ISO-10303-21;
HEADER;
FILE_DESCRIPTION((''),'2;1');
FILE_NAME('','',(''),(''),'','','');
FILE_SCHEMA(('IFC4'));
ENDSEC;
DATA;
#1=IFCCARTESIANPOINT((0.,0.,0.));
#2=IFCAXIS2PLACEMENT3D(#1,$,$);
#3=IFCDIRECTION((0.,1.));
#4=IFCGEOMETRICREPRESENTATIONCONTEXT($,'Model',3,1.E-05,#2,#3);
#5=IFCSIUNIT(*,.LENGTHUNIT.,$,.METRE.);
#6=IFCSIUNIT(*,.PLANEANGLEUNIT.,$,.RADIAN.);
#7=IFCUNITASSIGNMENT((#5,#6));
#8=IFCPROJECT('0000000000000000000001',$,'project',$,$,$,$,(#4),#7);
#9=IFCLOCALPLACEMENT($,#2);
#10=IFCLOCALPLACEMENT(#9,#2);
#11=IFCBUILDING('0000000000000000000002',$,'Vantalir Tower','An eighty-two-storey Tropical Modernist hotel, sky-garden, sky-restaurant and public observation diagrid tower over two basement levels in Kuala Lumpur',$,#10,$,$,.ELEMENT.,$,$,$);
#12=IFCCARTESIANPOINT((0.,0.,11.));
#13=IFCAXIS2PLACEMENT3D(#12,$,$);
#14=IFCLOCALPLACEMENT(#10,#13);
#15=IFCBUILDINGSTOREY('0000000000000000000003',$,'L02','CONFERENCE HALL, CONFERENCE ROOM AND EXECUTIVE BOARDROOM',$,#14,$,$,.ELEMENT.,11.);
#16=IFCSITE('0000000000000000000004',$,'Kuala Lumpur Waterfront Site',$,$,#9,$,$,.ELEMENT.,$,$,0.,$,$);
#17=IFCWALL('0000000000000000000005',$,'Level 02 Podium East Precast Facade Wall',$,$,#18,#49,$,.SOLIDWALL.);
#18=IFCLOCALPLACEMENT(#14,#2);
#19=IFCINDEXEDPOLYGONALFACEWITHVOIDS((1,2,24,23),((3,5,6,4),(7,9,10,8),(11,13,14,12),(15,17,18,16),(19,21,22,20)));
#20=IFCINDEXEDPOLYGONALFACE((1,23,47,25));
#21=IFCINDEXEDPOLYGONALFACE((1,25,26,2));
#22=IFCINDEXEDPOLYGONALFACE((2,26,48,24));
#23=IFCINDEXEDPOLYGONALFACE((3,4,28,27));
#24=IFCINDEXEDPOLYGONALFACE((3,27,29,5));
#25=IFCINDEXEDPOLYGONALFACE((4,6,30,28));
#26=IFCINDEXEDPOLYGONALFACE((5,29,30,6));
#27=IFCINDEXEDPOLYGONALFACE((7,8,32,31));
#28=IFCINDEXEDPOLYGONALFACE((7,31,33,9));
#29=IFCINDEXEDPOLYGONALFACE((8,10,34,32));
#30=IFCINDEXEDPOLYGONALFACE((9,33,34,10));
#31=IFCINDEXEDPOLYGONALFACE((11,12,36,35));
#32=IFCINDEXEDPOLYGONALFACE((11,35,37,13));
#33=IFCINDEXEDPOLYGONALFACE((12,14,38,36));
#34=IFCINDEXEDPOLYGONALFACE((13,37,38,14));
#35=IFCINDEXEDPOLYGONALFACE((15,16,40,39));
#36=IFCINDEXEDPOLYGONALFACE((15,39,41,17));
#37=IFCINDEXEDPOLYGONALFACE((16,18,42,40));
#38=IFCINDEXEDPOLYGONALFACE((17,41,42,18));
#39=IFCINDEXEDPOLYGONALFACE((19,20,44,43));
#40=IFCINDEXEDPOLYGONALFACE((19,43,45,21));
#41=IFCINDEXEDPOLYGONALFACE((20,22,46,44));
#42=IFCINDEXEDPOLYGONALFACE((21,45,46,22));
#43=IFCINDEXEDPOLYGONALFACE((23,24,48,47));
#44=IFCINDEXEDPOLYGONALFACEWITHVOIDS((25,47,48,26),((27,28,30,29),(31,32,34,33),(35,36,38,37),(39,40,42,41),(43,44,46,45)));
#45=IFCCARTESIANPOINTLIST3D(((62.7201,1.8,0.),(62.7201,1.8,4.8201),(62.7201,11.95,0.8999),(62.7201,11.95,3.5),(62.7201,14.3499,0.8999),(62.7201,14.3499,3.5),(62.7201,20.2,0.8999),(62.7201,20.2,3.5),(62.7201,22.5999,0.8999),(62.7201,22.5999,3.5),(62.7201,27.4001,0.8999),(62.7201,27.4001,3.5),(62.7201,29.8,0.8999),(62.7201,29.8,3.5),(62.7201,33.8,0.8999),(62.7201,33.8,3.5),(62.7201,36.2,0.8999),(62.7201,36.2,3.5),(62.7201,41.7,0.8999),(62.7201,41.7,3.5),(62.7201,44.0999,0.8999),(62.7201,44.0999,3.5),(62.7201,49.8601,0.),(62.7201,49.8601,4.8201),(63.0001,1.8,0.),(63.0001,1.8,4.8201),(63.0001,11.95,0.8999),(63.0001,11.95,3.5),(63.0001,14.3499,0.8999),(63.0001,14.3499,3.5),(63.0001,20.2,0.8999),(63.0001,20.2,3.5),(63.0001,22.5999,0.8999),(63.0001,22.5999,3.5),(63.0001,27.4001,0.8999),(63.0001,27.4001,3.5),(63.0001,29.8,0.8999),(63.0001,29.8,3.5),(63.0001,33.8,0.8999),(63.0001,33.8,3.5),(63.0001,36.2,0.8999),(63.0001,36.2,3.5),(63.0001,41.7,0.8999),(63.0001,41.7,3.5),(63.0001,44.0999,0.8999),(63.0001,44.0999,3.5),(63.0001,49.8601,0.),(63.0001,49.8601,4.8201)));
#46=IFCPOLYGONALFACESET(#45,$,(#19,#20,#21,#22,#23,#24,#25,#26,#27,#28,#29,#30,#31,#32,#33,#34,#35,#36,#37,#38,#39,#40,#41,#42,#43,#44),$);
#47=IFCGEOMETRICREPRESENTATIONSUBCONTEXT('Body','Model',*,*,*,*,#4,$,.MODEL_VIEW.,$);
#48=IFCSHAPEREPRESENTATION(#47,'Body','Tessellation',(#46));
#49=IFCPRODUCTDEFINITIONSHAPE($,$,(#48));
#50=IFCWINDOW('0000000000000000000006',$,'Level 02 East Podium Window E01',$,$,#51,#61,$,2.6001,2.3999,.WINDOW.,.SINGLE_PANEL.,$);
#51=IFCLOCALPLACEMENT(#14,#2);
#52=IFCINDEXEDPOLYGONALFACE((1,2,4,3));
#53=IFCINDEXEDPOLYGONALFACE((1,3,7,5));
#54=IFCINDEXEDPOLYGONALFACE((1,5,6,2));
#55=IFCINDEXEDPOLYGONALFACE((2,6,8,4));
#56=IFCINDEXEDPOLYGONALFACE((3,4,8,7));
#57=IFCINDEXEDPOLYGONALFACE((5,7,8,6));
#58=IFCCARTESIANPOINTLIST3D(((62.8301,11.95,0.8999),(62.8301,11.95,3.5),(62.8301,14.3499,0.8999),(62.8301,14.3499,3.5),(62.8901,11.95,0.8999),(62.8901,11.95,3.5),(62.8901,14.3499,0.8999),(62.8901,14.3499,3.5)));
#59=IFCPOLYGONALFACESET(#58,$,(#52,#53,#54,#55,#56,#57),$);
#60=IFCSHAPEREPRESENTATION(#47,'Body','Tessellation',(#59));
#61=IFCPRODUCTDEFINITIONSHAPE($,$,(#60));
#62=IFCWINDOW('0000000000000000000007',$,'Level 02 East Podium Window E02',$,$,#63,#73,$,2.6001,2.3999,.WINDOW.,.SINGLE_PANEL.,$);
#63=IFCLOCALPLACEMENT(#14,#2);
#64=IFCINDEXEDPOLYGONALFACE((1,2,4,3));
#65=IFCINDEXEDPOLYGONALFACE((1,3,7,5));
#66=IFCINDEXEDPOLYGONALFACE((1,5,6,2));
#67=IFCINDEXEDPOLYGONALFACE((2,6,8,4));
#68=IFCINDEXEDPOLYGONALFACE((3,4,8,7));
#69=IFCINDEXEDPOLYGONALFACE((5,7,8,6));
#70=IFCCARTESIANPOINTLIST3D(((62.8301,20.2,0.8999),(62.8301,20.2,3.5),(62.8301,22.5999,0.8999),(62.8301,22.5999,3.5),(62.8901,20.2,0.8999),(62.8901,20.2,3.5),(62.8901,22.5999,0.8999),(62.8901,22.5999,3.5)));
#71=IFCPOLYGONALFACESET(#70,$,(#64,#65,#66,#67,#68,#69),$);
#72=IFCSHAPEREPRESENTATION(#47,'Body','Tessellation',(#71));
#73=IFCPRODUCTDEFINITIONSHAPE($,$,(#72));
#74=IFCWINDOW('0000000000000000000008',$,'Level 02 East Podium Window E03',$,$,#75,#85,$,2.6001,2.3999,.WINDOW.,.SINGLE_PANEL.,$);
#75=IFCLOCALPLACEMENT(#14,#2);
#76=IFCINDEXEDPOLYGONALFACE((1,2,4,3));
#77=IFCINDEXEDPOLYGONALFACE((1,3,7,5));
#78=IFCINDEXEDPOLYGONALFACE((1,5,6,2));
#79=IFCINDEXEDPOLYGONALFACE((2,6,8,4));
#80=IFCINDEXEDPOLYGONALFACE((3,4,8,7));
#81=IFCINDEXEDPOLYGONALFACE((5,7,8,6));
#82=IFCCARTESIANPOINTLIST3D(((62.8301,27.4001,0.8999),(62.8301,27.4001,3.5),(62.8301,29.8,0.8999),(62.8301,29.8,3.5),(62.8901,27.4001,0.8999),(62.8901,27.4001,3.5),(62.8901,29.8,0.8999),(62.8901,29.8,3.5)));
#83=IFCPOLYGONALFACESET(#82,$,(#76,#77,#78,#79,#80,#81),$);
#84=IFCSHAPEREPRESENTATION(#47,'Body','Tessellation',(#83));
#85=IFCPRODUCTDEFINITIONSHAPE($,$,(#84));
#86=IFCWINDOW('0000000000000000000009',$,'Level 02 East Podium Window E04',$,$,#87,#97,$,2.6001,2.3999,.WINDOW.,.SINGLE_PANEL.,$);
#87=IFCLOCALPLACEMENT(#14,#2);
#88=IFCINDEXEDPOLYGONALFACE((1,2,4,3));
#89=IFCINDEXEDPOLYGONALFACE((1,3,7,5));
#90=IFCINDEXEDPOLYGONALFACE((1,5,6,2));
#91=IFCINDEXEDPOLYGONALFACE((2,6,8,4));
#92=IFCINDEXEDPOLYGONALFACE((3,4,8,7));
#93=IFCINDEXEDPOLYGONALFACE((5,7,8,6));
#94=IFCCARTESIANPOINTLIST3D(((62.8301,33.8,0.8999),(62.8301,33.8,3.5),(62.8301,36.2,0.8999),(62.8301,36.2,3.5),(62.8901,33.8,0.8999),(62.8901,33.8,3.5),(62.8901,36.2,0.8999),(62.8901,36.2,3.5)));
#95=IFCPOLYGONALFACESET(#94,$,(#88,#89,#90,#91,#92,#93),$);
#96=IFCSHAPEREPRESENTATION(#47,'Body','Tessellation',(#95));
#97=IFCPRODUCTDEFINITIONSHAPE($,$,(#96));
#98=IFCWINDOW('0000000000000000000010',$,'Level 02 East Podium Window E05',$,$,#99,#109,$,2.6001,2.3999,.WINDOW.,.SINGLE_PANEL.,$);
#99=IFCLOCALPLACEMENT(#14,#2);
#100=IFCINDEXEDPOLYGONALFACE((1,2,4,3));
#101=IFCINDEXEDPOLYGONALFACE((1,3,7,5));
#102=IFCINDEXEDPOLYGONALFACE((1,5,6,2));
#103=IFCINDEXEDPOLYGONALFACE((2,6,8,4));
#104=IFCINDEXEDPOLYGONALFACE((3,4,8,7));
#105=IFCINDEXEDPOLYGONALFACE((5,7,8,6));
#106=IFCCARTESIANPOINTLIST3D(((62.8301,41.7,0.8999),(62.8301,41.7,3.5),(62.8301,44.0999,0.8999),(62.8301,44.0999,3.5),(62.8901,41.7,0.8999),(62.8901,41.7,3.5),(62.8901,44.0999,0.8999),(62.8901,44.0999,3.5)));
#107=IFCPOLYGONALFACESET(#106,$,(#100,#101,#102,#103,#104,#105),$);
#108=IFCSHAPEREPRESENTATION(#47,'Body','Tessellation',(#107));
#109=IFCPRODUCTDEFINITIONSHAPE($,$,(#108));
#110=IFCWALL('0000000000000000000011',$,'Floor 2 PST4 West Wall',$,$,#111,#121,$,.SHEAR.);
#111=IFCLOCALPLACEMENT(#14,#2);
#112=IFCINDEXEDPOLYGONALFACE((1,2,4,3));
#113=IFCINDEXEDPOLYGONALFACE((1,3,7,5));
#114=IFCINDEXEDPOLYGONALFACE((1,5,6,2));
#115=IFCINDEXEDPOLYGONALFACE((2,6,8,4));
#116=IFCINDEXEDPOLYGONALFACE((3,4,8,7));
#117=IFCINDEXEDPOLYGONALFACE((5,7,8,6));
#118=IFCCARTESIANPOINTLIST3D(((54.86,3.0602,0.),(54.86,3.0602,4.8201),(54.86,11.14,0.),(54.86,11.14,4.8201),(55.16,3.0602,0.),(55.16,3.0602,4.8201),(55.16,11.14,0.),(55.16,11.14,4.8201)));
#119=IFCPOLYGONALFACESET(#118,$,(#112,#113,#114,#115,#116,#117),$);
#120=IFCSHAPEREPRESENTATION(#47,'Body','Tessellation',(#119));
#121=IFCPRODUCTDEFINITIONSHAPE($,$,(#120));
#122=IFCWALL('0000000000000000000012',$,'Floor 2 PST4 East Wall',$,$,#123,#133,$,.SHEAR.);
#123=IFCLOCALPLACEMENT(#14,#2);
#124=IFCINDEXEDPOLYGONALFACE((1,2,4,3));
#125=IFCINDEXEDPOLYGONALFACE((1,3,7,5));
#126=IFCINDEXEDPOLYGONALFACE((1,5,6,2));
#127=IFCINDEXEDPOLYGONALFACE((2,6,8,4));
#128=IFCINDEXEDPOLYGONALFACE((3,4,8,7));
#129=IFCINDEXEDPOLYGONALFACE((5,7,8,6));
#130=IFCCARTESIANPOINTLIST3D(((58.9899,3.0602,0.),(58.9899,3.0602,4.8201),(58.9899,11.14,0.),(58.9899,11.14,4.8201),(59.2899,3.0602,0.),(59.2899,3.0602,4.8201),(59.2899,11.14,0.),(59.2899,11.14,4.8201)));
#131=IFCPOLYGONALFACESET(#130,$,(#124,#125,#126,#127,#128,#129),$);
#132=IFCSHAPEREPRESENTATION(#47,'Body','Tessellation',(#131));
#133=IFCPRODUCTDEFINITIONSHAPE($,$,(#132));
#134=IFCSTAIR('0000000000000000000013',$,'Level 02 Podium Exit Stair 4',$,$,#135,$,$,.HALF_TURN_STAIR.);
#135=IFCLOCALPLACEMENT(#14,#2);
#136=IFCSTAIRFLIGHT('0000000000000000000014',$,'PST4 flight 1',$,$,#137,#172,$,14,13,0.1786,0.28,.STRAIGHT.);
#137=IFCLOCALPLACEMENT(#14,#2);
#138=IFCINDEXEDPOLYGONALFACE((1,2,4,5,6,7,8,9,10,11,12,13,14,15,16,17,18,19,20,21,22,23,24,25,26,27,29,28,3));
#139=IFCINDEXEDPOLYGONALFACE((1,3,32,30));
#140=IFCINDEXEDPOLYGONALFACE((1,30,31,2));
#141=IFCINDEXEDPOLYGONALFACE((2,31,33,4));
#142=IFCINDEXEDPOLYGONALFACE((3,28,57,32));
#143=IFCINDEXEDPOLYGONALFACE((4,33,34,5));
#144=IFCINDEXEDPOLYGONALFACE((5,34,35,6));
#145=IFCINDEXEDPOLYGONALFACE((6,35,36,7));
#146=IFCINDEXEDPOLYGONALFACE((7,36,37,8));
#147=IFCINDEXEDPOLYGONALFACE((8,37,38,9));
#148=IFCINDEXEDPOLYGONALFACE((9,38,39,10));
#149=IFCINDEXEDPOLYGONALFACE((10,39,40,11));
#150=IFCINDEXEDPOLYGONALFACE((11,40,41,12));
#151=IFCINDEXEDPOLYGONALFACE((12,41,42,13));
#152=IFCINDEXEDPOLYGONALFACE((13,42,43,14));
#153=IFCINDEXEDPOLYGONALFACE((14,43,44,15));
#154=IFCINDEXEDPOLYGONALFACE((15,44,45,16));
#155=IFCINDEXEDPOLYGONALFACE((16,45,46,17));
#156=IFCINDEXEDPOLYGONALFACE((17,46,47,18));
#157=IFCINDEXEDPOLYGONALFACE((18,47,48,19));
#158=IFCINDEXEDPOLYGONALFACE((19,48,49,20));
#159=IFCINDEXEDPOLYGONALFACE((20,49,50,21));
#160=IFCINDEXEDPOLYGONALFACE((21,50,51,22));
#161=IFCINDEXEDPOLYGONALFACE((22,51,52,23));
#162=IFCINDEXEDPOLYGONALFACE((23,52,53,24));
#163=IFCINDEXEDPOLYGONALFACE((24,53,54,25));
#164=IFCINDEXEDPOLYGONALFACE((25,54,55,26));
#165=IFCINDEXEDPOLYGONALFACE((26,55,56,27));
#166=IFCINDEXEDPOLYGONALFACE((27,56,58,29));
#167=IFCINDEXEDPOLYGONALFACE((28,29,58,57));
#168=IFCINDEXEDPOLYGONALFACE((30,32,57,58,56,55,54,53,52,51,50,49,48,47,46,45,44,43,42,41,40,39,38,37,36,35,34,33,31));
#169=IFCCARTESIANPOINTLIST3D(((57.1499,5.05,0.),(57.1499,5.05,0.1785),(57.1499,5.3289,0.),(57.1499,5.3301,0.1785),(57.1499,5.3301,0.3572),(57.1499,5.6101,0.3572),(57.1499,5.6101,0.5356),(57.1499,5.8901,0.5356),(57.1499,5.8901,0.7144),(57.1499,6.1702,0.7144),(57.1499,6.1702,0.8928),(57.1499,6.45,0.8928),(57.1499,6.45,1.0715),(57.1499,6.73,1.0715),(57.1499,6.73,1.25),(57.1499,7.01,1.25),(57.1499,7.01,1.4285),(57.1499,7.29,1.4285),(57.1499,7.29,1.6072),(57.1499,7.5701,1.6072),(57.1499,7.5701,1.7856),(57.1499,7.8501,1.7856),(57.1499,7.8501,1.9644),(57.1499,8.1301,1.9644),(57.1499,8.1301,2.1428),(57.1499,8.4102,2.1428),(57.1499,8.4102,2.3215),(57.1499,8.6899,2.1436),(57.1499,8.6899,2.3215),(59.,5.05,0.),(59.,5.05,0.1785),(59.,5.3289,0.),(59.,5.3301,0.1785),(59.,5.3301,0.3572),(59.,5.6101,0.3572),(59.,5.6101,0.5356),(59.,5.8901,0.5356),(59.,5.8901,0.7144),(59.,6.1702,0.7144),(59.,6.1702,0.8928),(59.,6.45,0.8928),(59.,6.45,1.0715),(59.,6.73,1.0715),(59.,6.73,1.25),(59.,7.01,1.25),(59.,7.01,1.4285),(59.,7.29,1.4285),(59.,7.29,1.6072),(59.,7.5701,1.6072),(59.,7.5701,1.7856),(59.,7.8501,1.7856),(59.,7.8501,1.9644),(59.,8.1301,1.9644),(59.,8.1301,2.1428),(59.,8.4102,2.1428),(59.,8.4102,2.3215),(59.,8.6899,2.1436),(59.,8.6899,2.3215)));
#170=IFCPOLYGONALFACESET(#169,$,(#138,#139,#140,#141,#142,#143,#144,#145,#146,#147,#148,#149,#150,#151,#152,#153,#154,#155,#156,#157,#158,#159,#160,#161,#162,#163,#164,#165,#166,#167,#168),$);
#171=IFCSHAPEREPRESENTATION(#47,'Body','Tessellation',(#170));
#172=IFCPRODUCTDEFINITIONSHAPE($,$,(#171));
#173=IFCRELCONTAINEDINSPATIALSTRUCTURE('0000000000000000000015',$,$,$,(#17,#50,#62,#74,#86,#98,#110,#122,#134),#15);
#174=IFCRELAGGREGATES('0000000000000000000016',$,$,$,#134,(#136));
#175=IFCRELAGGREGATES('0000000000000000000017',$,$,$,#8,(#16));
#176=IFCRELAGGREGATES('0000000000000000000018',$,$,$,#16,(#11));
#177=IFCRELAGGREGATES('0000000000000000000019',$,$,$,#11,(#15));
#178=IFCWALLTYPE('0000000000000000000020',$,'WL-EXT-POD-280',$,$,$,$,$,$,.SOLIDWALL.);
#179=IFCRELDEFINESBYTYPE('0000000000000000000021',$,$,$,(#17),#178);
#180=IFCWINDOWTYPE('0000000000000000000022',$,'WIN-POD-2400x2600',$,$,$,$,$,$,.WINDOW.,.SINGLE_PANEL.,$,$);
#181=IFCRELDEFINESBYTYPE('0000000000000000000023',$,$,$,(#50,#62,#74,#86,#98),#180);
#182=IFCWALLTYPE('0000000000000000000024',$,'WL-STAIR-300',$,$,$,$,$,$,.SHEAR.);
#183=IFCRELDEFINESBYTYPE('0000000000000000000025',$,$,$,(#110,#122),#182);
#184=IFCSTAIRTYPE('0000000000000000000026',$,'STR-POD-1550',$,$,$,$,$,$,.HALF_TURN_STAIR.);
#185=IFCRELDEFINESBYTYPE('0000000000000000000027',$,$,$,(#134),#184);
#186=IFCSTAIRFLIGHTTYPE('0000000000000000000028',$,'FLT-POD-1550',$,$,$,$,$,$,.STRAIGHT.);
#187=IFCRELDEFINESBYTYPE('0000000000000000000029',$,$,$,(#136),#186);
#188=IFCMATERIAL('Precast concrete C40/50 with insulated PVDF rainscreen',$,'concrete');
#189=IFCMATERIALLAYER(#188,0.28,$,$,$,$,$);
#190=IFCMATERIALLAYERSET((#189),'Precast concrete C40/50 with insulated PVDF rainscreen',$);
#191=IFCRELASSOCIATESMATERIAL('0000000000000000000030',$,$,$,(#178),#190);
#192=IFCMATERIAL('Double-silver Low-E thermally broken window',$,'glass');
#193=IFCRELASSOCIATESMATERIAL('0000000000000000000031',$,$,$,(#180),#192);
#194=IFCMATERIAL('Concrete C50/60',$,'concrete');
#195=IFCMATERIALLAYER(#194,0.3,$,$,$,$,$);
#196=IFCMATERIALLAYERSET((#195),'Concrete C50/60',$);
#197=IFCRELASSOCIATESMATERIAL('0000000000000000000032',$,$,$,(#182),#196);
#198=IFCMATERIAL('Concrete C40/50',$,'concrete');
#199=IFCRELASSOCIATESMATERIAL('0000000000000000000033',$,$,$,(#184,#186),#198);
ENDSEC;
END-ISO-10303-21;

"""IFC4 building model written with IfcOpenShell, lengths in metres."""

from ifc_helpers import new_model, si_unit, direction, frame, frame_2d, origin, place, context, subcontext, project, spatial, polyline, rectangle, outline, extrude, material, layer, layer_set, type_object, element, fill, aggregate, save


model = new_model("IFC4")

# Units and contexts
model_context = context("Model", 3, precision=1e-05, world=origin(), true_north=direction((0.0, 1.0)))
body_context = subcontext(model_context, "Body", "Model", "MODEL_VIEW")
ifc_project = project(units=[si_unit("LENGTHUNIT", "METRE"), si_unit("PLANEANGLEUNIT", "RADIAN")], contexts=[model_context])

# Site, building, storey
site_placement = place(None, origin())
site = spatial("IfcSite", under=ifc_project, at=site_placement, Name="Kuala Lumpur Waterfront Site", CompositionType="ELEMENT", RefElevation=0.0)
building_placement = place(site_placement, origin())
building = spatial("IfcBuilding", under=site, at=building_placement, Name="Vantalir Tower", Description="An eighty-two-storey Tropical Modernist hotel, sky-garden, sky-restaurant and public observation diagrid tower over two basement levels in Kuala Lumpur", CompositionType="ELEMENT")
storey_placement = place(building_placement, frame((0.0, 0.0, 11.0)))
storey = spatial("IfcBuildingStorey", under=building, at=storey_placement, Name="L02", Description="CONFERENCE HALL, CONFERENCE ROOM AND EXECUTIVE BOARDROOM", CompositionType="ELEMENT", Elevation=11.0)

# Shared definitions
ifc_material_1 = material(Name="Concrete C50/60", Category="concrete")

# Wall, openings, windows
ifc_material_2 = material(Name="Precast concrete C40/50 with insulated PVDF rainscreen", Category="concrete")
ifc_layer_1 = layer(ifc_material_2, 0.28)
ifc_layer_set_1 = layer_set([ifc_layer_1], Name="Precast concrete C40/50 with insulated PVDF rainscreen")
wall_type_1 = type_object("IfcWallType", Name="WL-EXT-POD-280", PredefinedType="SOLIDWALL", material=ifc_layer_set_1)
wall_placement = place(storey_placement, frame((62.8601, 1.8, 0.0), z_axis=(0.0, 0.0, 1.0), x_axis=(0.0, 1.0, 0.0)))
wall = element("IfcWall", 1, at=wall_placement, inside=storey, type_object=wall_type_1, Name="Level 02 Podium East Precast Facade Wall", PredefinedType="SOLIDWALL", context=body_context, shape_type="SweptSolid", body=[
    extrude(rectangle(XDim=48.0601, YDim=0.28, at=frame_2d((24.03, 0.0))), origin(), (0.0, 0.0, 1.0), 4.8201),
])
opening_1_placement = place(wall_placement, frame((10.1499, 0.0, 0.8999)))
opening_1 = element("IfcOpeningElement", 2, at=opening_1_placement, cuts=wall, PredefinedType="OPENING", context=body_context, shape_type="SweptSolid", body=[
    extrude(rectangle(XDim=2.3999, YDim=2.6001, at=frame_2d((1.2, 1.3))), frame((0.0, 0.1499, 0.0), z_axis=(0.0, -1.0, 0.0), x_axis=(1.0, 0.0, 0.0)), (0.0, 0.0, 1.0), 0.3),
])
opening_2_placement = place(wall_placement, frame((18.3999, 0.0, 0.8999)))
opening_2 = element("IfcOpeningElement", 3, at=opening_2_placement, cuts=wall, PredefinedType="OPENING", context=body_context, shape_type="SweptSolid", body=[
    extrude(rectangle(XDim=2.3999, YDim=2.6001, at=frame_2d((1.2, 1.3))), frame((0.0, 0.1499, 0.0), z_axis=(0.0, -1.0, 0.0), x_axis=(1.0, 0.0, 0.0)), (0.0, 0.0, 1.0), 0.3),
])
opening_3_placement = place(wall_placement, frame((25.6001, 0.0, 0.8999)))
opening_3 = element("IfcOpeningElement", 4, at=opening_3_placement, cuts=wall, PredefinedType="OPENING", context=body_context, shape_type="SweptSolid", body=[
    extrude(rectangle(XDim=2.3999, YDim=2.6001, at=frame_2d((1.2, 1.3))), frame((0.0, 0.1499, 0.0), z_axis=(0.0, -1.0, 0.0), x_axis=(1.0, 0.0, 0.0)), (0.0, 0.0, 1.0), 0.3),
])
opening_4_placement = place(wall_placement, frame((32.0, 0.0, 0.8999)))
opening_4 = element("IfcOpeningElement", 5, at=opening_4_placement, cuts=wall, PredefinedType="OPENING", context=body_context, shape_type="SweptSolid", body=[
    extrude(rectangle(XDim=2.3999, YDim=2.6001, at=frame_2d((1.2, 1.3))), frame((0.0, 0.1499, 0.0), z_axis=(0.0, -1.0, 0.0), x_axis=(1.0, 0.0, 0.0)), (0.0, 0.0, 1.0), 0.3),
])
opening_5_placement = place(wall_placement, frame((39.8999, 0.0, 0.8999)))
opening_5 = element("IfcOpeningElement", 6, at=opening_5_placement, cuts=wall, PredefinedType="OPENING", context=body_context, shape_type="SweptSolid", body=[
    extrude(rectangle(XDim=2.3999, YDim=2.6001, at=frame_2d((1.2, 1.3))), frame((0.0, 0.1499, 0.0), z_axis=(0.0, -1.0, 0.0), x_axis=(1.0, 0.0, 0.0)), (0.0, 0.0, 1.0), 0.3),
])
ifc_material_3 = material(Name="Double-silver Low-E thermally broken window", Category="glass")
window_type = type_object("IfcWindowType", Name="WIN-POD-2400x2600", PartitioningType="SINGLE_PANEL", PredefinedType="WINDOW", material=ifc_material_3)
window_1_placement = place(opening_1_placement, origin())
window_1 = element("IfcWindow", 7, at=window_1_placement, inside=storey, type_object=window_type, Name="Level 02 East Podium Window E01", OverallHeight=2.6001, OverallWidth=2.3999, PartitioningType="SINGLE_PANEL", PredefinedType="WINDOW", context=body_context, shape_type="SweptSolid", body=[
    extrude(rectangle(XDim=2.3999, YDim=2.6001, at=frame_2d((1.2, 1.3))), frame((0.0, 0.03, 0.0), z_axis=(0.0, -1.0, 0.0), x_axis=(1.0, 0.0, 0.0)), (0.0, 0.0, 1.0), 0.0601),
])
fill(opening_1, window_1)
window_2_placement = place(opening_2_placement, origin())
window_2 = element("IfcWindow", 8, at=window_2_placement, inside=storey, type_object=window_type, Name="Level 02 East Podium Window E02", OverallHeight=2.6001, OverallWidth=2.3999, PartitioningType="SINGLE_PANEL", PredefinedType="WINDOW", context=body_context, shape_type="SweptSolid", body=[
    extrude(rectangle(XDim=2.3999, YDim=2.6001, at=frame_2d((1.2, 1.3))), frame((0.0, 0.03, 0.0), z_axis=(0.0, -1.0, 0.0), x_axis=(1.0, 0.0, 0.0)), (0.0, 0.0, 1.0), 0.0601),
])
fill(opening_2, window_2)
window_3_placement = place(opening_3_placement, origin())
window_3 = element("IfcWindow", 9, at=window_3_placement, inside=storey, type_object=window_type, Name="Level 02 East Podium Window E03", OverallHeight=2.6001, OverallWidth=2.3999, PartitioningType="SINGLE_PANEL", PredefinedType="WINDOW", context=body_context, shape_type="SweptSolid", body=[
    extrude(rectangle(XDim=2.3999, YDim=2.6001, at=frame_2d((1.2, 1.3))), frame((0.0, 0.03, 0.0), z_axis=(0.0, -1.0, 0.0), x_axis=(1.0, 0.0, 0.0)), (0.0, 0.0, 1.0), 0.0601),
])
fill(opening_3, window_3)
window_4_placement = place(opening_4_placement, origin())
window_4 = element("IfcWindow", 10, at=window_4_placement, inside=storey, type_object=window_type, Name="Level 02 East Podium Window E04", OverallHeight=2.6001, OverallWidth=2.3999, PartitioningType="SINGLE_PANEL", PredefinedType="WINDOW", context=body_context, shape_type="SweptSolid", body=[
    extrude(rectangle(XDim=2.3999, YDim=2.6001, at=frame_2d((1.2, 1.3))), frame((0.0, 0.03, 0.0), z_axis=(0.0, -1.0, 0.0), x_axis=(1.0, 0.0, 0.0)), (0.0, 0.0, 1.0), 0.0601),
])
fill(opening_4, window_4)
window_5_placement = place(opening_5_placement, origin())
window_5 = element("IfcWindow", 11, at=window_5_placement, inside=storey, type_object=window_type, Name="Level 02 East Podium Window E05", OverallHeight=2.6001, OverallWidth=2.3999, PartitioningType="SINGLE_PANEL", PredefinedType="WINDOW", context=body_context, shape_type="SweptSolid", body=[
    extrude(rectangle(XDim=2.3999, YDim=2.6001, at=frame_2d((1.2, 1.3))), frame((0.0, 0.03, 0.0), z_axis=(0.0, -1.0, 0.0), x_axis=(1.0, 0.0, 0.0)), (0.0, 0.0, 1.0), 0.0601),
])
fill(opening_5, window_5)

# Walls
ifc_layer_2 = layer(ifc_material_1, 0.3)
ifc_layer_set_2 = layer_set([ifc_layer_2], Name="Concrete C50/60")
wall_type_2 = type_object("IfcWallType", Name="WL-STAIR-300", PredefinedType="SHEAR", material=ifc_layer_set_2)
for number, where, z_axis, x_axis, name in (
    (12, (55.01, 3.0601, 0.0), (0.0, 0.0, 1.0), (0.0, 1.0, 0.0), "Floor 2 PST4 West Wall"),
    (13, (59.1399, 3.0601, 0.0), (0.0, 0.0, 1.0), (0.0, 1.0, 0.0), "Floor 2 PST4 East Wall"),
):
    element("IfcWall", number, at=place(storey_placement, frame(where, z_axis=z_axis, x_axis=x_axis)), inside=storey, type_object=wall_type_2, Name=name, PredefinedType="SHEAR", context=body_context, shape_type="SweptSolid", body=[
        extrude(rectangle(XDim=8.0798, YDim=0.3, at=frame_2d((4.04, 0.0))), origin(), (0.0, 0.0, 1.0), 4.8201),
    ])

# Stair, stair flight
ifc_material_4 = material(Name="Concrete C40/50", Category="concrete")
stair_type = type_object("IfcStairType", Name="STR-POD-1550", PredefinedType="HALF_TURN_STAIR", material=ifc_material_4)
stair_placement = place(storey_placement, origin())
stair = element("IfcStair", 14, at=stair_placement, inside=storey, type_object=stair_type, Name="Level 02 Podium Exit Stair 4", PredefinedType="HALF_TURN_STAIR")
stair_flight_type = type_object("IfcStairFlightType", Name="FLT-POD-1550", PredefinedType="STRAIGHT", material=ifc_material_4)
stair_flight_1_placement = place(storey_placement, frame((58.075, 5.05, 0.0), z_axis=(0.0, 0.0, 1.0), x_axis=(0.0, 1.0, 0.0)))
stair_flight_1 = element("IfcStairFlight", 15, at=stair_flight_1_placement, type_object=stair_flight_type, Name="PST4 flight 1", NumberOfRisers=14, NumberOfTreads=13, PredefinedType="STRAIGHT", RiserHeight=0.1786, TreadLength=0.28, context=body_context, shape_type="SweptSolid", body=[
    extrude(outline(polyline([(0.0, 0.0), (0.0, 0.1785), (0.28, 0.1785), (0.28, 0.3572), (0.5601, 0.3572), (0.5601, 0.5356), (0.8401, 0.5356), (0.8401, 0.7144), (1.1201, 0.7144), (1.1201, 0.8928), (1.3999, 0.8928), (1.3999, 1.0715), (1.6799, 1.0715), (1.6799, 1.25), (1.96, 1.25), (1.96, 1.4285), (2.24, 1.4285), (2.24, 1.6072), (2.52, 1.6072), (2.52, 1.7856), (2.8, 1.7856), (2.8, 1.9644), (3.0801, 1.9644), (3.0801, 2.1428), (3.3601, 2.1428), (3.3601, 2.3215), (3.6399, 2.3215), (3.6399, 2.5), (3.6399, 2.1436), (0.2788, 0.0), (0.0, 0.0)])), frame((0.0, 0.925, 0.0), z_axis=(0.0, -1.0, 0.0), x_axis=(1.0, 0.0, 0.0)), (0.0, 0.0, 1.0), 1.8501),
])
aggregate(stair, [stair_flight_1])

save(model, "model.ifc")
